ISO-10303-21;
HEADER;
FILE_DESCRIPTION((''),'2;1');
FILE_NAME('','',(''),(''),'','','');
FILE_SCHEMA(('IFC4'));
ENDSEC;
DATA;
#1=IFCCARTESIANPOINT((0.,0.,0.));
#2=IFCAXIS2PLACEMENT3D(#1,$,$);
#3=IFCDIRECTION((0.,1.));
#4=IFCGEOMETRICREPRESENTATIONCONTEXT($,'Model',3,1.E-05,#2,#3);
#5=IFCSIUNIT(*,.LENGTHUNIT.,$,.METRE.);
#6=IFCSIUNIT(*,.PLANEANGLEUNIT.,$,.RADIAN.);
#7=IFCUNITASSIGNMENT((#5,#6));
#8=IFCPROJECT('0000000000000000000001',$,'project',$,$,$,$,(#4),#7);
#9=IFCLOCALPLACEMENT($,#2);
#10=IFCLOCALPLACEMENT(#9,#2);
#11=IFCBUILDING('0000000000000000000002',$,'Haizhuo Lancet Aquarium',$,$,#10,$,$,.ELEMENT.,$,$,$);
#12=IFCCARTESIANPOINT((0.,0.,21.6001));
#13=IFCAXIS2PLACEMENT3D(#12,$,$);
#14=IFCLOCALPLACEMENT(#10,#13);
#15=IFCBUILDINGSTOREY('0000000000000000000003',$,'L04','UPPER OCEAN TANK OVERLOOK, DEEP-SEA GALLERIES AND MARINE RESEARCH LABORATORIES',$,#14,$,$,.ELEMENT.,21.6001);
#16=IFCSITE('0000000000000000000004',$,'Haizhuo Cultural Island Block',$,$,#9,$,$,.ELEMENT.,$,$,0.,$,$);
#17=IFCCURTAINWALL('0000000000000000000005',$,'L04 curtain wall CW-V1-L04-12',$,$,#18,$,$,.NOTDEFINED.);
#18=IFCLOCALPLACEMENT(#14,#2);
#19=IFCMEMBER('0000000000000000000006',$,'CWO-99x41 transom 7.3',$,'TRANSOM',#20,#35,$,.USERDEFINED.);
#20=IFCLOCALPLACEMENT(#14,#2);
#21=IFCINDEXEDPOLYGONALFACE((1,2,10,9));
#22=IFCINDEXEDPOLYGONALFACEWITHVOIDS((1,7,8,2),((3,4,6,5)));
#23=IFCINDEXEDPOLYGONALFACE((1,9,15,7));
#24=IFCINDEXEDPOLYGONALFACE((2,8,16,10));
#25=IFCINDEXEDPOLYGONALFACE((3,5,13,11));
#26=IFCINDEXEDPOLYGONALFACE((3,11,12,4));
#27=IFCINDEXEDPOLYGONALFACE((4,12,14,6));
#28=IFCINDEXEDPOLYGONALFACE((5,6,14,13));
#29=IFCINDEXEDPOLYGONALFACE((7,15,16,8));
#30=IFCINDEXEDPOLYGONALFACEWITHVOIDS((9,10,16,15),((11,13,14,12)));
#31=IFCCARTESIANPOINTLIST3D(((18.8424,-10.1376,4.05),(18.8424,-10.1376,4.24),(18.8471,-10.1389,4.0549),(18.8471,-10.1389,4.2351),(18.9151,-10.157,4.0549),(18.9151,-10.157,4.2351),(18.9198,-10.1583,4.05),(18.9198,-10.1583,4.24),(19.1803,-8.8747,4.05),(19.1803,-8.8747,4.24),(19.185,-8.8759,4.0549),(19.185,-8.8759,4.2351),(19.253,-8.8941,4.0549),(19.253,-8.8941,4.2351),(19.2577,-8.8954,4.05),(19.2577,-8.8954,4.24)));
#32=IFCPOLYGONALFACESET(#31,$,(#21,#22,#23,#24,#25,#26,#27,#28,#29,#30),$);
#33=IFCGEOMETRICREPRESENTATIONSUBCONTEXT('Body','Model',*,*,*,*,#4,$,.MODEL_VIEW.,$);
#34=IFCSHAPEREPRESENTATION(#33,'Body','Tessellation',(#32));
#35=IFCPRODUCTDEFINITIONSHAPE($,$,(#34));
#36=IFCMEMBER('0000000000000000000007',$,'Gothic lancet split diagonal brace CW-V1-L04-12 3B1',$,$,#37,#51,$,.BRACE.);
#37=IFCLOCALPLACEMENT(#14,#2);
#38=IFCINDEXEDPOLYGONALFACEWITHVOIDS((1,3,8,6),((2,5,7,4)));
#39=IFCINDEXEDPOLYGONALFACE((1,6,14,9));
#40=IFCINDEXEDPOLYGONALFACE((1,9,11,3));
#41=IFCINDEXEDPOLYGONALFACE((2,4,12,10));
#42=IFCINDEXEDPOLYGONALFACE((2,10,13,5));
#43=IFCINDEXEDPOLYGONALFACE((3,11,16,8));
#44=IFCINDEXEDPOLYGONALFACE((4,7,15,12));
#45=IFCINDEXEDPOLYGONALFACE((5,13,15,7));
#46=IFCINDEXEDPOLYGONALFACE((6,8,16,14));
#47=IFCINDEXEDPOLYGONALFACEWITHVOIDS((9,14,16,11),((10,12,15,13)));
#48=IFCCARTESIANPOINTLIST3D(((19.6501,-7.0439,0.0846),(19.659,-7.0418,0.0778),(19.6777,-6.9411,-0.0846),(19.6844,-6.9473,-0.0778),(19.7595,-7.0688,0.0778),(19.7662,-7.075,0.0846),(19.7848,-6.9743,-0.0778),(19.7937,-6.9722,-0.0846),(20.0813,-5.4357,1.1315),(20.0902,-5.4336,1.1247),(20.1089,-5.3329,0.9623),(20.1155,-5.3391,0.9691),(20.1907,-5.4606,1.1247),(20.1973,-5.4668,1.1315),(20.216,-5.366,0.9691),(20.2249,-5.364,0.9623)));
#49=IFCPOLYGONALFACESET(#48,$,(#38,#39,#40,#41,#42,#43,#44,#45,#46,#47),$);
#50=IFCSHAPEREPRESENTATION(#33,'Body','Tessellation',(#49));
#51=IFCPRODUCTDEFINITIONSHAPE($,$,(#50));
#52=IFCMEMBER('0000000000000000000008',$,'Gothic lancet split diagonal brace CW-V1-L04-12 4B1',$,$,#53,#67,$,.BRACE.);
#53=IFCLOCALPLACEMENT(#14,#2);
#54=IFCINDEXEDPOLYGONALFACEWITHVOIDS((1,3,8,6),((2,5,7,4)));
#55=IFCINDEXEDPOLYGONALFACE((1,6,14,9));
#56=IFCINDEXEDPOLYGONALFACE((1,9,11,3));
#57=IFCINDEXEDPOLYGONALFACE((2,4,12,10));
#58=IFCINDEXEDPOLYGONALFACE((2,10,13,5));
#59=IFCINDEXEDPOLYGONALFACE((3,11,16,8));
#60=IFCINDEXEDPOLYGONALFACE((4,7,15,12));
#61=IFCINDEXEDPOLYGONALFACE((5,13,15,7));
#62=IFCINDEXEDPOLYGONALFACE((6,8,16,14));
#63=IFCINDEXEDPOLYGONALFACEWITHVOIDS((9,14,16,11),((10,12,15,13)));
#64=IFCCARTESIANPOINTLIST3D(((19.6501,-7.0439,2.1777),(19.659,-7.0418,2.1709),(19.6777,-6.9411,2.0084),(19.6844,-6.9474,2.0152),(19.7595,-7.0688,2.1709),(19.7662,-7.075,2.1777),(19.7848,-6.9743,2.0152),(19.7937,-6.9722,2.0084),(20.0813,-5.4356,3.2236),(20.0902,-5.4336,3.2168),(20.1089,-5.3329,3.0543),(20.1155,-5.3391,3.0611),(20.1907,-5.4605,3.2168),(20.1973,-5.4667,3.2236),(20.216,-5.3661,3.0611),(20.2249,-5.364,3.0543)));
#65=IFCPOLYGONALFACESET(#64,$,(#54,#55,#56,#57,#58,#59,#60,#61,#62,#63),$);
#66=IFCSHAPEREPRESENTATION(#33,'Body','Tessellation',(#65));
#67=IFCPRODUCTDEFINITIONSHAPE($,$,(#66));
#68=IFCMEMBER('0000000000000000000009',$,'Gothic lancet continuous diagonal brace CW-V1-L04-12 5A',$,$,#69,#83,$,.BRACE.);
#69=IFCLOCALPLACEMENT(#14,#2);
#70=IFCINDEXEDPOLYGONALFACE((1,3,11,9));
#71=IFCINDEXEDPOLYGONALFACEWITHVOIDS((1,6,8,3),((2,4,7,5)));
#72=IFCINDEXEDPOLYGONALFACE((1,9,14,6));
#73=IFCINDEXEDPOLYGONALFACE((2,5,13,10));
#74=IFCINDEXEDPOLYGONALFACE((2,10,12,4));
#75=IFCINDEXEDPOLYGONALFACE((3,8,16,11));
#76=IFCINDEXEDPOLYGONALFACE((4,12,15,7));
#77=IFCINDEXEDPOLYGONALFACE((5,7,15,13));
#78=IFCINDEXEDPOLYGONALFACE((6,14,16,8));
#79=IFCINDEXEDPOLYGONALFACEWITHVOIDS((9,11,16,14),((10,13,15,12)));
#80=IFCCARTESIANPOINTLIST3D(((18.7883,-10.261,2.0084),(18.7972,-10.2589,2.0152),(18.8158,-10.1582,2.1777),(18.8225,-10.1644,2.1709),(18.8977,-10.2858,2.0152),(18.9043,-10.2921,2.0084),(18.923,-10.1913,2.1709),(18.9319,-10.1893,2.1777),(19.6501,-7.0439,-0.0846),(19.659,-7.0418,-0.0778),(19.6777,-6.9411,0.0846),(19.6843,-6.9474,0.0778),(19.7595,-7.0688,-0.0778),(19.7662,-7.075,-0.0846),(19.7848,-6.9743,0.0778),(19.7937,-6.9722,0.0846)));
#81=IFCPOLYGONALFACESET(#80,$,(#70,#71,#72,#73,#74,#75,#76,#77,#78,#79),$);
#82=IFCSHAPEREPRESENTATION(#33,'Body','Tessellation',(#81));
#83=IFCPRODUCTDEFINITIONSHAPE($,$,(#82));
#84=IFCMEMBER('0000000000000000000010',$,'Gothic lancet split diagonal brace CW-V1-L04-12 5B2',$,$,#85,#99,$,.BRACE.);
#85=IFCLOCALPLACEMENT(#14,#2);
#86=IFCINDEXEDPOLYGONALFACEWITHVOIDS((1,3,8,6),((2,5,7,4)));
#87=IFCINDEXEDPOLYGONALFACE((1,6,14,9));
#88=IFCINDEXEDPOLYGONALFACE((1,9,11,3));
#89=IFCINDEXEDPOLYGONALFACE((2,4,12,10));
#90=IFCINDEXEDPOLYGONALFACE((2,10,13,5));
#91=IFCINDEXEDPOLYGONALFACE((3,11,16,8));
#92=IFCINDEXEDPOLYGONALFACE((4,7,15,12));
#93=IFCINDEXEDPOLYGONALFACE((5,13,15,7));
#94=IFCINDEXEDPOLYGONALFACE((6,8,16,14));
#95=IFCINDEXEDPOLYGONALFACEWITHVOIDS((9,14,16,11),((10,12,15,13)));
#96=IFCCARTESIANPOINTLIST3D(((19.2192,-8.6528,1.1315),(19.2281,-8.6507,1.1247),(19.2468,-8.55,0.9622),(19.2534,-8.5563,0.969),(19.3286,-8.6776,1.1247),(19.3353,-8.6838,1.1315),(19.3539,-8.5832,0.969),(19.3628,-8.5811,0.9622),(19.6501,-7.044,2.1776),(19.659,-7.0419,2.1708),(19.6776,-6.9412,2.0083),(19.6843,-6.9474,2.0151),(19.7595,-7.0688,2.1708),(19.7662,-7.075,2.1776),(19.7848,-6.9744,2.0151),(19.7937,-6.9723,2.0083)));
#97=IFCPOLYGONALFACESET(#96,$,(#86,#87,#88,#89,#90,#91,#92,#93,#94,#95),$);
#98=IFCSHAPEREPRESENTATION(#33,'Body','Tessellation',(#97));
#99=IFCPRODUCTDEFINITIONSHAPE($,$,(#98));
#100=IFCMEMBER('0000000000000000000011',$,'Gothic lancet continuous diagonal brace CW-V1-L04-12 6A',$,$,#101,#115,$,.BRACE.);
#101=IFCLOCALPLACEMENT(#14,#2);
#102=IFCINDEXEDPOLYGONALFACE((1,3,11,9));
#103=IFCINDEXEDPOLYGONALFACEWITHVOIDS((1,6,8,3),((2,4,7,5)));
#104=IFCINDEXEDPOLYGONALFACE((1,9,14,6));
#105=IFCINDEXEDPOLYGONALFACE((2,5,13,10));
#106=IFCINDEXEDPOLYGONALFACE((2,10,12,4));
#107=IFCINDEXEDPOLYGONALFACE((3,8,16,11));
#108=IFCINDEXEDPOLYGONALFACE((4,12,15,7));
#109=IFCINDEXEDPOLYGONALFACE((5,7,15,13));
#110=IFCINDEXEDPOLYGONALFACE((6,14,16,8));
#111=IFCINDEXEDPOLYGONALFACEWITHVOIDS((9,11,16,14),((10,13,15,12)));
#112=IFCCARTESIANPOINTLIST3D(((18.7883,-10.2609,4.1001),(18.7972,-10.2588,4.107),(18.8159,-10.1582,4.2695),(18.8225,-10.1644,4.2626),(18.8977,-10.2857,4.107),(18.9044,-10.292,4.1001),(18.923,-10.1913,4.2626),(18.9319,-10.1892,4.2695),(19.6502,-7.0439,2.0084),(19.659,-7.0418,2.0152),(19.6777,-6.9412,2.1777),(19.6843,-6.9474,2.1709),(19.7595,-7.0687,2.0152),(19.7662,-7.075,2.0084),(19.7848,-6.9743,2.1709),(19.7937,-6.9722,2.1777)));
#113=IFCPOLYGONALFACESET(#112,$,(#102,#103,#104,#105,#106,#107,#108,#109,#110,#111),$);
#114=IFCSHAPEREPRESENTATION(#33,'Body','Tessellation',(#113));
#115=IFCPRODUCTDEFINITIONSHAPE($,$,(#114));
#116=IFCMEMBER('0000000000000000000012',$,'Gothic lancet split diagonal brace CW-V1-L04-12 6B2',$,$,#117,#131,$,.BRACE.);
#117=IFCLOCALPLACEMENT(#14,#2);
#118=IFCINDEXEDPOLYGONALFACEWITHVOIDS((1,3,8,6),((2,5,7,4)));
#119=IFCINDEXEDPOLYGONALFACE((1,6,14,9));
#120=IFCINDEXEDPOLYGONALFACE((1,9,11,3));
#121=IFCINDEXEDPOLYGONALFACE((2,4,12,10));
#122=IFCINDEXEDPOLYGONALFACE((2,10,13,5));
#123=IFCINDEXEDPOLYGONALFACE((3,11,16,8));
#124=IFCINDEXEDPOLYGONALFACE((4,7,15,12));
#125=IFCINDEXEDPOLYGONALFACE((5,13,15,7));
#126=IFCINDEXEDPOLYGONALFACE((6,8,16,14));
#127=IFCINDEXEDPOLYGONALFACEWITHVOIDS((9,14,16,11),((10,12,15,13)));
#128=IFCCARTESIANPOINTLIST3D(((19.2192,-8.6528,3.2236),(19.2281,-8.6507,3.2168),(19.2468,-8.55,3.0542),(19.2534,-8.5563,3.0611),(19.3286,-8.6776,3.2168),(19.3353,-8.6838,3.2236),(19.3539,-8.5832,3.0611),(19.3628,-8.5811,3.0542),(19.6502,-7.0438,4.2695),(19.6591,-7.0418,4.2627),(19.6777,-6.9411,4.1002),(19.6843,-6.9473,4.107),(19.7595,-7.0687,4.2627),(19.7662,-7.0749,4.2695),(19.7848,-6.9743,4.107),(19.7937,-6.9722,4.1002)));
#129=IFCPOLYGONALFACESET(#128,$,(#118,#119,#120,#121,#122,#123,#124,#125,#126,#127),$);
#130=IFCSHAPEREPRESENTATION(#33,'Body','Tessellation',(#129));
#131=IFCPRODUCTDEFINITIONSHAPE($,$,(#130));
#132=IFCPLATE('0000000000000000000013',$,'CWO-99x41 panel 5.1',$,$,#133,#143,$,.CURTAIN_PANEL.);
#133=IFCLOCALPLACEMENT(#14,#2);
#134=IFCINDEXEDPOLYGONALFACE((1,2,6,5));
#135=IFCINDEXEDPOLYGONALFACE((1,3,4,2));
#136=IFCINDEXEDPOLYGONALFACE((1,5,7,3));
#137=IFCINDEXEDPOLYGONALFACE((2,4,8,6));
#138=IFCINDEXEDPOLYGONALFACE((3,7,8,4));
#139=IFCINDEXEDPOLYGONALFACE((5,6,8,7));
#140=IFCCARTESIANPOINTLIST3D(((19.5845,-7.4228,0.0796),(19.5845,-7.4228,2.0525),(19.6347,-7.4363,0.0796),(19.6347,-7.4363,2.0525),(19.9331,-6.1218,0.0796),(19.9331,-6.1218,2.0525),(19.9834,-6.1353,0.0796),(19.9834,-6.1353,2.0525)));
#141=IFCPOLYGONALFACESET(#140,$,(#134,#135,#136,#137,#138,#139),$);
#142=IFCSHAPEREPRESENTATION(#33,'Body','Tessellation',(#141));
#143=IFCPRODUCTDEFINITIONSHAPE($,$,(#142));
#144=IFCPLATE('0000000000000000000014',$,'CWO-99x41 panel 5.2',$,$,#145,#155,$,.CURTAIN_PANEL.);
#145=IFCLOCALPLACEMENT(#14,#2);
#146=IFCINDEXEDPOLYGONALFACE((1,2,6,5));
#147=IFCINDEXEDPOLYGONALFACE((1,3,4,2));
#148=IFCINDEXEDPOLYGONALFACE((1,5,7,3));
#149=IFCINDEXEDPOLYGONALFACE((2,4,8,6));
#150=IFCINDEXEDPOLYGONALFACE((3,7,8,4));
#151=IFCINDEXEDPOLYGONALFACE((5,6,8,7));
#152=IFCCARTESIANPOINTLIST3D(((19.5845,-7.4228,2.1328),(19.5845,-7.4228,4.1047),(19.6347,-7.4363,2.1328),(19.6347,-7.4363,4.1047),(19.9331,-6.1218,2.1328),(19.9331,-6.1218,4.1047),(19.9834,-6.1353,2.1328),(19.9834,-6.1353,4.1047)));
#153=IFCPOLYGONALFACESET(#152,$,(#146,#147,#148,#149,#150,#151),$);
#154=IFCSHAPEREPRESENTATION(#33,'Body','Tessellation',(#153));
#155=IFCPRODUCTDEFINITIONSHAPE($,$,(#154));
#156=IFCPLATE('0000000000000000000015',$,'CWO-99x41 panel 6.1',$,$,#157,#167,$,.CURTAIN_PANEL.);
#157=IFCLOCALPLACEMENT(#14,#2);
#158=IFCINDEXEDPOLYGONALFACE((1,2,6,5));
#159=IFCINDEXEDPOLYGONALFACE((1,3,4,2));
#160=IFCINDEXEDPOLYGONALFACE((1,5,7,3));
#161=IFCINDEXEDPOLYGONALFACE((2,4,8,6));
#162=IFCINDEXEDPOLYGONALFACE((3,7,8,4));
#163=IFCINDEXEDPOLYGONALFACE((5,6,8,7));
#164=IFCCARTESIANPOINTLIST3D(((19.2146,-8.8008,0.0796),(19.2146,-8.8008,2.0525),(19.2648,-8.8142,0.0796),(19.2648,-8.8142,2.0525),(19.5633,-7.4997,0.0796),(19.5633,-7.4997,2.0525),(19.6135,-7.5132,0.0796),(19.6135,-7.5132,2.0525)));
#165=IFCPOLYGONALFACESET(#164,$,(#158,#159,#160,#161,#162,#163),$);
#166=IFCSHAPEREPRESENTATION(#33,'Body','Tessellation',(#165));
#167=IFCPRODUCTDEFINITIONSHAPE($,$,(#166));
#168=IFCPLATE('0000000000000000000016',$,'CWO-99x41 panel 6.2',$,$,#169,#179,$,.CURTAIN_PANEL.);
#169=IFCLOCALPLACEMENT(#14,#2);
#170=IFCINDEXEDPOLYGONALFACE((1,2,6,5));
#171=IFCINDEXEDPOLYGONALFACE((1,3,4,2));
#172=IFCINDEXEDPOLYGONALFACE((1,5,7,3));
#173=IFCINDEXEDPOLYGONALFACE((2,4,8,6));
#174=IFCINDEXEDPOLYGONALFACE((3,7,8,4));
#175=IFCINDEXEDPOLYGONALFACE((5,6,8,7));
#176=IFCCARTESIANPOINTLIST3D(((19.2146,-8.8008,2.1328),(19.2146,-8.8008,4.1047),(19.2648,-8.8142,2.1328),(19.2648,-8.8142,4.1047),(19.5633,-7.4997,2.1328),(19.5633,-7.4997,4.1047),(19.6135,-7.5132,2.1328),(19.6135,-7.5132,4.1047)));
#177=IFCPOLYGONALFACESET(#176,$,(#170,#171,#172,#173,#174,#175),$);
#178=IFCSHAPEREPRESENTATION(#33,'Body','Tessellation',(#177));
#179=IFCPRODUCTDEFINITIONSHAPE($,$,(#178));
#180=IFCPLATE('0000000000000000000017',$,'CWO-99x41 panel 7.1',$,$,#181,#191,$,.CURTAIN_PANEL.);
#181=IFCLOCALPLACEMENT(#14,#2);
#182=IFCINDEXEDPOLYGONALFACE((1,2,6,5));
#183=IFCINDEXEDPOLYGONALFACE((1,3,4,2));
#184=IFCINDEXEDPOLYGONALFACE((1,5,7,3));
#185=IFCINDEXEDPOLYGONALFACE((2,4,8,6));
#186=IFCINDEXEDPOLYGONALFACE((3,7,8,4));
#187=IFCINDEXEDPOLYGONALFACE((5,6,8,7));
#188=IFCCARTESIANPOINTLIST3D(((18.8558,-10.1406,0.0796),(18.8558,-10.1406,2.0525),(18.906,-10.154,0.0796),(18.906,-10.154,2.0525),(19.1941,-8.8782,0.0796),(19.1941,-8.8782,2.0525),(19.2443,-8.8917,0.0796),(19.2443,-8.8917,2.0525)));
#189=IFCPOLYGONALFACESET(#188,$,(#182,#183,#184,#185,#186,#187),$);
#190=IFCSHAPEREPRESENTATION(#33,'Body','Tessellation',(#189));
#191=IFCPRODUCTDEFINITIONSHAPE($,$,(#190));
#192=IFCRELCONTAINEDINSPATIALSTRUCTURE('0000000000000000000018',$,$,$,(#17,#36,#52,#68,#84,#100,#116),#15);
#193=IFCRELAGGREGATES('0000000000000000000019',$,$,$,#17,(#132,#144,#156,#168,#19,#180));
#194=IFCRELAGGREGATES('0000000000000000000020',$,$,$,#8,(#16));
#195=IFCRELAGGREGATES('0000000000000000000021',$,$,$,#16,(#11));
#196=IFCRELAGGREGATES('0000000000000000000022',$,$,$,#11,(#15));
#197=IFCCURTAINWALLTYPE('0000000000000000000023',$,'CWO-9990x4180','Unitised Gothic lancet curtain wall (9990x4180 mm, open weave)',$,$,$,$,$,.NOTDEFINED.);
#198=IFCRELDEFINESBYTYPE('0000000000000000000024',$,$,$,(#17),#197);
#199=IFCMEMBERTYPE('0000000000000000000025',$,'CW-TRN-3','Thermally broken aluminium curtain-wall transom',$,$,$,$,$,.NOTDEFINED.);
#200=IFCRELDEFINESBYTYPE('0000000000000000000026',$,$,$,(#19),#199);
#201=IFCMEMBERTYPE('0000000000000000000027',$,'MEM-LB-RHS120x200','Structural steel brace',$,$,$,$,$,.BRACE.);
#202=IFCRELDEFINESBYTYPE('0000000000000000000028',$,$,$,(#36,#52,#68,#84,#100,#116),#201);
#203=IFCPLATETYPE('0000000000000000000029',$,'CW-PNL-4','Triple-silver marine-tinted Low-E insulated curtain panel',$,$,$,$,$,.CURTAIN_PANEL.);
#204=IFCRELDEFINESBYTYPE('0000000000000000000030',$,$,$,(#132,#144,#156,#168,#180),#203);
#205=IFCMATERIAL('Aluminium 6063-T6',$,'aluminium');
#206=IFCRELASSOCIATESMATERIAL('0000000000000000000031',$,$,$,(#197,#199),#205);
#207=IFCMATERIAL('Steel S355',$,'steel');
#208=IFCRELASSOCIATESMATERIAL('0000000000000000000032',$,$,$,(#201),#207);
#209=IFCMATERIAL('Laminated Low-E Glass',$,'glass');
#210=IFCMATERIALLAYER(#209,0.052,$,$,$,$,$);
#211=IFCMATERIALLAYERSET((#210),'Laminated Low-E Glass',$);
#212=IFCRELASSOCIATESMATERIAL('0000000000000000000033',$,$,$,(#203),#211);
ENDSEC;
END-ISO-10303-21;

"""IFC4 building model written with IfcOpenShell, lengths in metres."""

from ifc_helpers import new_model, si_unit, direction, frame, origin, origin_2d, place, context, subcontext, project, spatial, rectangle, hollow_rectangle, extrude, material, layer, layer_set, material_profile, profile_set, type_object, element, aggregate, save


model = new_model("IFC4")

# Units and contexts
model_context = context("Model", 3, precision=1e-05, world=origin(), true_north=direction((0.0, 1.0)))
body_context = subcontext(model_context, "Body", "Model", "MODEL_VIEW")
ifc_project = project(units=[si_unit("LENGTHUNIT", "METRE"), si_unit("PLANEANGLEUNIT", "RADIAN")], contexts=[model_context])

# Site, building, storey
site_placement = place(None, origin())
site = spatial("IfcSite", under=ifc_project, at=site_placement, Name="Haizhuo Cultural Island Block", CompositionType="ELEMENT", RefElevation=0.0)
building_placement = place(site_placement, origin())
building = spatial("IfcBuilding", under=site, at=building_placement, Name="Haizhuo Lancet Aquarium", CompositionType="ELEMENT")
storey_placement = place(building_placement, frame((0.0, 0.0, 21.6001)))
storey = spatial("IfcBuildingStorey", under=building, at=storey_placement, Name="L04", Description="UPPER OCEAN TANK OVERLOOK, DEEP-SEA GALLERIES AND MARINE RESEARCH LABORATORIES", CompositionType="ELEMENT", Elevation=21.6001)

# Curtain wall, member
ifc_material_1 = material(Name="Aluminium 6063-T6", Category="aluminium")
curtain_wall_type = type_object("IfcCurtainWallType", Name="CWO-9990x4180", Description="Unitised Gothic lancet curtain wall (9990x4180 mm, open weave)", PredefinedType="NOTDEFINED", material=ifc_material_1)
curtain_wall_placement = place(storey_placement, origin())
curtain_wall = element("IfcCurtainWall", 1, at=curtain_wall_placement, inside=storey, type_object=curtain_wall_type, Name="L04 curtain wall CW-V1-L04-12", PredefinedType="NOTDEFINED")
ifc_material_profile_1 = material_profile(ifc_material_1, hollow_rectangle(XDim=0.0801, YDim=0.1899, WallThickness=0.0049, at=origin_2d()), Name="ALU-T 80x190x5")
ifc_profile_set_1 = profile_set([ifc_material_profile_1], Name="Aluminium 6063-T6")
member_type_1 = type_object("IfcMemberType", Name="CW-TRN-3", Description="Thermally broken aluminium curtain-wall transom", PredefinedType="NOTDEFINED", material=ifc_profile_set_1)
member_1_placement = place(storey_placement, frame((19.219, -8.885, 4.145), z_axis=(-0.258453, -0.966024, 0.0), x_axis=(0.966024, -0.258453, 0.0)))
member_1 = element("IfcMember", 2, at=member_1_placement, type_object=member_type_1, Name="CWO-99x41 transom 7.3", ObjectType="TRANSOM", PredefinedType="USERDEFINED", context=body_context, shape_type="SweptSolid", body=[
    extrude(hollow_rectangle(XDim=0.0801, YDim=0.1899, WallThickness=0.0049, at=origin_2d()), origin(), (0.0, 0.0, 1.0), 1.3074),
])

# Members
ifc_material_2 = material(Name="Steel S355", Category="steel")
ifc_material_profile_2 = material_profile(ifc_material_2, hollow_rectangle(XDim=0.1201, YDim=0.2, WallThickness=0.0081, at=origin_2d()), Name="RHS 120x200x8")
ifc_profile_set_2 = profile_set([ifc_material_profile_2], Name="Steel S355")
member_type_2 = type_object("IfcMemberType", Name="MEM-LB-RHS120x200", Description="Structural steel brace", PredefinedType="BRACE", material=ifc_profile_set_2)
member_2_placement = place(storey_placement, frame((19.7219, -7.0081, 0.0), z_axis=(0.219224, 0.817682, 0.532294), x_axis=(-0.965888, 0.258958, 0.0)))
element("IfcMember", 3, at=member_2_placement, inside=storey, type_object=member_type_2, Name="Gothic lancet split diagonal brace CW-V1-L04-12 3B1", PredefinedType="BRACE", context=body_context, shape_type="SweptSolid", body=[
    extrude(hollow_rectangle(XDim=0.1201, YDim=0.2, WallThickness=0.0081, at=origin_2d()), origin(), (0.0, 0.0, 1.0), 1.9668),
])
member_3_placement = place(storey_placement, frame((19.7219, -7.0081, 2.093), z_axis=(0.219282, 0.817898, 0.531938), x_axis=(-0.965888, 0.258958, 0.0)))
element("IfcMember", 4, at=member_3_placement, inside=storey, type_object=member_type_2, Name="Gothic lancet split diagonal brace CW-V1-L04-12 4B1", PredefinedType="BRACE", context=body_context, shape_type="SweptSolid", body=[
    extrude(hollow_rectangle(XDim=0.1201, YDim=0.2, WallThickness=0.0081, at=origin_2d()), origin(), (0.0, 0.0, 1.0), 1.9663),
])
member_4_placement = place(storey_placement, frame((19.7219, -7.0081, 0.0), z_axis=(-0.219094, -0.817847, 0.532094), x_axis=(0.96594, -0.258767, 0.0)))
element("IfcMember", 5, at=member_4_placement, inside=storey, type_object=member_type_2, Name="Gothic lancet continuous diagonal brace CW-V1-L04-12 5A", PredefinedType="BRACE", context=body_context, shape_type="SweptSolid", body=[
    extrude(hollow_rectangle(XDim=0.1201, YDim=0.2, WallThickness=0.0081, at=origin_2d()), origin(), (0.0, 0.0, 1.0), 3.9336),
])
member_5_placement = place(storey_placement, frame((19.291, -8.6169, 1.0469), z_axis=(0.219082, 0.81799, 0.53188), x_axis=(-0.965955, 0.258712, 0.0)))
element("IfcMember", 6, at=member_5_placement, inside=storey, type_object=member_type_2, Name="Gothic lancet split diagonal brace CW-V1-L04-12 5B2", PredefinedType="BRACE", context=body_context, shape_type="SweptSolid", body=[
    extrude(hollow_rectangle(XDim=0.1201, YDim=0.2, WallThickness=0.0081, at=origin_2d()), origin(), (0.0, 0.0, 1.0), 1.9668),
])
member_6_placement = place(storey_placement, frame((19.7219, -7.0081, 2.093), z_axis=(-0.21913, -0.817982, 0.531871), x_axis=(0.96594, -0.258767, 0.0)))
element("IfcMember", 7, at=member_6_placement, inside=storey, type_object=member_type_2, Name="Gothic lancet continuous diagonal brace CW-V1-L04-12 6A", PredefinedType="BRACE", context=body_context, shape_type="SweptSolid", body=[
    extrude(hollow_rectangle(XDim=0.1201, YDim=0.2, WallThickness=0.0081, at=origin_2d()), origin(), (0.0, 0.0, 1.0), 3.9329),
])
member_7_placement = place(storey_placement, frame((19.291, -8.6169, 3.1389), z_axis=(0.219097, 0.818044, 0.53179), x_axis=(-0.965955, 0.258712, 0.0)))
element("IfcMember", 8, at=member_7_placement, inside=storey, type_object=member_type_2, Name="Gothic lancet split diagonal brace CW-V1-L04-12 6B2", PredefinedType="BRACE", context=body_context, shape_type="SweptSolid", body=[
    extrude(hollow_rectangle(XDim=0.1201, YDim=0.2, WallThickness=0.0081, at=origin_2d()), origin(), (0.0, 0.0, 1.0), 1.9668),
])

# Plates
ifc_material_3 = material(Name="Laminated Low-E Glass", Category="glass")
ifc_layer = layer(ifc_material_3, 0.052)
ifc_layer_set = layer_set([ifc_layer], Name="Laminated Low-E Glass")
plate_type = type_object("IfcPlateType", Name="CW-PNL-4", Description="Triple-silver marine-tinted Low-E insulated curtain panel", PredefinedType="CURTAIN_PANEL", material=ifc_layer_set)
plate_1_placement = place(storey_placement, frame((19.7839, -6.7791, 0.0796), z_axis=(0.0, 0.0, 1.0), x_axis=(-0.258853, -0.965917, 0.0)))
plate_1 = element("IfcPlate", 9, at=plate_1_placement, type_object=plate_type, Name="CWO-99x41 panel 5.1", PredefinedType="CURTAIN_PANEL", context=body_context, shape_type="SweptSolid", body=[
    extrude(rectangle(XDim=1.3469, YDim=0.052, at=origin_2d()), origin(), (0.0, 0.0, 1.0), 1.9729),
])
plate_2_placement = place(storey_placement, frame((19.7839, -6.7791, 2.1328), z_axis=(0.0, 0.0, 1.0), x_axis=(-0.258853, -0.965917, 0.0)))
plate_2 = element("IfcPlate", 10, at=plate_2_placement, type_object=plate_type, Name="CWO-99x41 panel 5.2", PredefinedType="CURTAIN_PANEL", context=body_context, shape_type="SweptSolid", body=[
    extrude(rectangle(XDim=1.3469, YDim=0.052, at=origin_2d()), origin(), (0.0, 0.0, 1.0), 1.9719),
])
plate_3_placement = place(storey_placement, frame((19.4141, -8.157, 0.0796), z_axis=(0.0, 0.0, 1.0), x_axis=(-0.258853, -0.965917, 0.0)))
plate_3 = element("IfcPlate", 11, at=plate_3_placement, type_object=plate_type, Name="CWO-99x41 panel 6.1", PredefinedType="CURTAIN_PANEL", context=body_context, shape_type="SweptSolid", body=[
    extrude(rectangle(XDim=1.3469, YDim=0.052, at=origin_2d()), origin(), (0.0, 0.0, 1.0), 1.9729),
])
plate_4_placement = place(storey_placement, frame((19.4141, -8.157, 2.1328), z_axis=(0.0, 0.0, 1.0), x_axis=(-0.258853, -0.965917, 0.0)))
plate_4 = element("IfcPlate", 12, at=plate_4_placement, type_object=plate_type, Name="CWO-99x41 panel 6.2", PredefinedType="CURTAIN_PANEL", context=body_context, shape_type="SweptSolid", body=[
    extrude(rectangle(XDim=1.3469, YDim=0.052, at=origin_2d()), origin(), (0.0, 0.0, 1.0), 1.9719),
])
plate_5_placement = place(storey_placement, frame((19.05, -9.5161, 0.0796), z_axis=(0.0, 0.0, 1.0), x_axis=(-0.258853, -0.965917, 0.0)))
plate_5 = element("IfcPlate", 13, at=plate_5_placement, type_object=plate_type, Name="CWO-99x41 panel 7.1", PredefinedType="CURTAIN_PANEL", context=body_context, shape_type="SweptSolid", body=[
    extrude(rectangle(XDim=1.3069, YDim=0.052, at=origin_2d()), origin(), (0.0, 0.0, 1.0), 1.9729),
])
aggregate(curtain_wall, [plate_1, plate_2, plate_3, plate_4, member_1, plate_5])

save(model, "model.ifc")
